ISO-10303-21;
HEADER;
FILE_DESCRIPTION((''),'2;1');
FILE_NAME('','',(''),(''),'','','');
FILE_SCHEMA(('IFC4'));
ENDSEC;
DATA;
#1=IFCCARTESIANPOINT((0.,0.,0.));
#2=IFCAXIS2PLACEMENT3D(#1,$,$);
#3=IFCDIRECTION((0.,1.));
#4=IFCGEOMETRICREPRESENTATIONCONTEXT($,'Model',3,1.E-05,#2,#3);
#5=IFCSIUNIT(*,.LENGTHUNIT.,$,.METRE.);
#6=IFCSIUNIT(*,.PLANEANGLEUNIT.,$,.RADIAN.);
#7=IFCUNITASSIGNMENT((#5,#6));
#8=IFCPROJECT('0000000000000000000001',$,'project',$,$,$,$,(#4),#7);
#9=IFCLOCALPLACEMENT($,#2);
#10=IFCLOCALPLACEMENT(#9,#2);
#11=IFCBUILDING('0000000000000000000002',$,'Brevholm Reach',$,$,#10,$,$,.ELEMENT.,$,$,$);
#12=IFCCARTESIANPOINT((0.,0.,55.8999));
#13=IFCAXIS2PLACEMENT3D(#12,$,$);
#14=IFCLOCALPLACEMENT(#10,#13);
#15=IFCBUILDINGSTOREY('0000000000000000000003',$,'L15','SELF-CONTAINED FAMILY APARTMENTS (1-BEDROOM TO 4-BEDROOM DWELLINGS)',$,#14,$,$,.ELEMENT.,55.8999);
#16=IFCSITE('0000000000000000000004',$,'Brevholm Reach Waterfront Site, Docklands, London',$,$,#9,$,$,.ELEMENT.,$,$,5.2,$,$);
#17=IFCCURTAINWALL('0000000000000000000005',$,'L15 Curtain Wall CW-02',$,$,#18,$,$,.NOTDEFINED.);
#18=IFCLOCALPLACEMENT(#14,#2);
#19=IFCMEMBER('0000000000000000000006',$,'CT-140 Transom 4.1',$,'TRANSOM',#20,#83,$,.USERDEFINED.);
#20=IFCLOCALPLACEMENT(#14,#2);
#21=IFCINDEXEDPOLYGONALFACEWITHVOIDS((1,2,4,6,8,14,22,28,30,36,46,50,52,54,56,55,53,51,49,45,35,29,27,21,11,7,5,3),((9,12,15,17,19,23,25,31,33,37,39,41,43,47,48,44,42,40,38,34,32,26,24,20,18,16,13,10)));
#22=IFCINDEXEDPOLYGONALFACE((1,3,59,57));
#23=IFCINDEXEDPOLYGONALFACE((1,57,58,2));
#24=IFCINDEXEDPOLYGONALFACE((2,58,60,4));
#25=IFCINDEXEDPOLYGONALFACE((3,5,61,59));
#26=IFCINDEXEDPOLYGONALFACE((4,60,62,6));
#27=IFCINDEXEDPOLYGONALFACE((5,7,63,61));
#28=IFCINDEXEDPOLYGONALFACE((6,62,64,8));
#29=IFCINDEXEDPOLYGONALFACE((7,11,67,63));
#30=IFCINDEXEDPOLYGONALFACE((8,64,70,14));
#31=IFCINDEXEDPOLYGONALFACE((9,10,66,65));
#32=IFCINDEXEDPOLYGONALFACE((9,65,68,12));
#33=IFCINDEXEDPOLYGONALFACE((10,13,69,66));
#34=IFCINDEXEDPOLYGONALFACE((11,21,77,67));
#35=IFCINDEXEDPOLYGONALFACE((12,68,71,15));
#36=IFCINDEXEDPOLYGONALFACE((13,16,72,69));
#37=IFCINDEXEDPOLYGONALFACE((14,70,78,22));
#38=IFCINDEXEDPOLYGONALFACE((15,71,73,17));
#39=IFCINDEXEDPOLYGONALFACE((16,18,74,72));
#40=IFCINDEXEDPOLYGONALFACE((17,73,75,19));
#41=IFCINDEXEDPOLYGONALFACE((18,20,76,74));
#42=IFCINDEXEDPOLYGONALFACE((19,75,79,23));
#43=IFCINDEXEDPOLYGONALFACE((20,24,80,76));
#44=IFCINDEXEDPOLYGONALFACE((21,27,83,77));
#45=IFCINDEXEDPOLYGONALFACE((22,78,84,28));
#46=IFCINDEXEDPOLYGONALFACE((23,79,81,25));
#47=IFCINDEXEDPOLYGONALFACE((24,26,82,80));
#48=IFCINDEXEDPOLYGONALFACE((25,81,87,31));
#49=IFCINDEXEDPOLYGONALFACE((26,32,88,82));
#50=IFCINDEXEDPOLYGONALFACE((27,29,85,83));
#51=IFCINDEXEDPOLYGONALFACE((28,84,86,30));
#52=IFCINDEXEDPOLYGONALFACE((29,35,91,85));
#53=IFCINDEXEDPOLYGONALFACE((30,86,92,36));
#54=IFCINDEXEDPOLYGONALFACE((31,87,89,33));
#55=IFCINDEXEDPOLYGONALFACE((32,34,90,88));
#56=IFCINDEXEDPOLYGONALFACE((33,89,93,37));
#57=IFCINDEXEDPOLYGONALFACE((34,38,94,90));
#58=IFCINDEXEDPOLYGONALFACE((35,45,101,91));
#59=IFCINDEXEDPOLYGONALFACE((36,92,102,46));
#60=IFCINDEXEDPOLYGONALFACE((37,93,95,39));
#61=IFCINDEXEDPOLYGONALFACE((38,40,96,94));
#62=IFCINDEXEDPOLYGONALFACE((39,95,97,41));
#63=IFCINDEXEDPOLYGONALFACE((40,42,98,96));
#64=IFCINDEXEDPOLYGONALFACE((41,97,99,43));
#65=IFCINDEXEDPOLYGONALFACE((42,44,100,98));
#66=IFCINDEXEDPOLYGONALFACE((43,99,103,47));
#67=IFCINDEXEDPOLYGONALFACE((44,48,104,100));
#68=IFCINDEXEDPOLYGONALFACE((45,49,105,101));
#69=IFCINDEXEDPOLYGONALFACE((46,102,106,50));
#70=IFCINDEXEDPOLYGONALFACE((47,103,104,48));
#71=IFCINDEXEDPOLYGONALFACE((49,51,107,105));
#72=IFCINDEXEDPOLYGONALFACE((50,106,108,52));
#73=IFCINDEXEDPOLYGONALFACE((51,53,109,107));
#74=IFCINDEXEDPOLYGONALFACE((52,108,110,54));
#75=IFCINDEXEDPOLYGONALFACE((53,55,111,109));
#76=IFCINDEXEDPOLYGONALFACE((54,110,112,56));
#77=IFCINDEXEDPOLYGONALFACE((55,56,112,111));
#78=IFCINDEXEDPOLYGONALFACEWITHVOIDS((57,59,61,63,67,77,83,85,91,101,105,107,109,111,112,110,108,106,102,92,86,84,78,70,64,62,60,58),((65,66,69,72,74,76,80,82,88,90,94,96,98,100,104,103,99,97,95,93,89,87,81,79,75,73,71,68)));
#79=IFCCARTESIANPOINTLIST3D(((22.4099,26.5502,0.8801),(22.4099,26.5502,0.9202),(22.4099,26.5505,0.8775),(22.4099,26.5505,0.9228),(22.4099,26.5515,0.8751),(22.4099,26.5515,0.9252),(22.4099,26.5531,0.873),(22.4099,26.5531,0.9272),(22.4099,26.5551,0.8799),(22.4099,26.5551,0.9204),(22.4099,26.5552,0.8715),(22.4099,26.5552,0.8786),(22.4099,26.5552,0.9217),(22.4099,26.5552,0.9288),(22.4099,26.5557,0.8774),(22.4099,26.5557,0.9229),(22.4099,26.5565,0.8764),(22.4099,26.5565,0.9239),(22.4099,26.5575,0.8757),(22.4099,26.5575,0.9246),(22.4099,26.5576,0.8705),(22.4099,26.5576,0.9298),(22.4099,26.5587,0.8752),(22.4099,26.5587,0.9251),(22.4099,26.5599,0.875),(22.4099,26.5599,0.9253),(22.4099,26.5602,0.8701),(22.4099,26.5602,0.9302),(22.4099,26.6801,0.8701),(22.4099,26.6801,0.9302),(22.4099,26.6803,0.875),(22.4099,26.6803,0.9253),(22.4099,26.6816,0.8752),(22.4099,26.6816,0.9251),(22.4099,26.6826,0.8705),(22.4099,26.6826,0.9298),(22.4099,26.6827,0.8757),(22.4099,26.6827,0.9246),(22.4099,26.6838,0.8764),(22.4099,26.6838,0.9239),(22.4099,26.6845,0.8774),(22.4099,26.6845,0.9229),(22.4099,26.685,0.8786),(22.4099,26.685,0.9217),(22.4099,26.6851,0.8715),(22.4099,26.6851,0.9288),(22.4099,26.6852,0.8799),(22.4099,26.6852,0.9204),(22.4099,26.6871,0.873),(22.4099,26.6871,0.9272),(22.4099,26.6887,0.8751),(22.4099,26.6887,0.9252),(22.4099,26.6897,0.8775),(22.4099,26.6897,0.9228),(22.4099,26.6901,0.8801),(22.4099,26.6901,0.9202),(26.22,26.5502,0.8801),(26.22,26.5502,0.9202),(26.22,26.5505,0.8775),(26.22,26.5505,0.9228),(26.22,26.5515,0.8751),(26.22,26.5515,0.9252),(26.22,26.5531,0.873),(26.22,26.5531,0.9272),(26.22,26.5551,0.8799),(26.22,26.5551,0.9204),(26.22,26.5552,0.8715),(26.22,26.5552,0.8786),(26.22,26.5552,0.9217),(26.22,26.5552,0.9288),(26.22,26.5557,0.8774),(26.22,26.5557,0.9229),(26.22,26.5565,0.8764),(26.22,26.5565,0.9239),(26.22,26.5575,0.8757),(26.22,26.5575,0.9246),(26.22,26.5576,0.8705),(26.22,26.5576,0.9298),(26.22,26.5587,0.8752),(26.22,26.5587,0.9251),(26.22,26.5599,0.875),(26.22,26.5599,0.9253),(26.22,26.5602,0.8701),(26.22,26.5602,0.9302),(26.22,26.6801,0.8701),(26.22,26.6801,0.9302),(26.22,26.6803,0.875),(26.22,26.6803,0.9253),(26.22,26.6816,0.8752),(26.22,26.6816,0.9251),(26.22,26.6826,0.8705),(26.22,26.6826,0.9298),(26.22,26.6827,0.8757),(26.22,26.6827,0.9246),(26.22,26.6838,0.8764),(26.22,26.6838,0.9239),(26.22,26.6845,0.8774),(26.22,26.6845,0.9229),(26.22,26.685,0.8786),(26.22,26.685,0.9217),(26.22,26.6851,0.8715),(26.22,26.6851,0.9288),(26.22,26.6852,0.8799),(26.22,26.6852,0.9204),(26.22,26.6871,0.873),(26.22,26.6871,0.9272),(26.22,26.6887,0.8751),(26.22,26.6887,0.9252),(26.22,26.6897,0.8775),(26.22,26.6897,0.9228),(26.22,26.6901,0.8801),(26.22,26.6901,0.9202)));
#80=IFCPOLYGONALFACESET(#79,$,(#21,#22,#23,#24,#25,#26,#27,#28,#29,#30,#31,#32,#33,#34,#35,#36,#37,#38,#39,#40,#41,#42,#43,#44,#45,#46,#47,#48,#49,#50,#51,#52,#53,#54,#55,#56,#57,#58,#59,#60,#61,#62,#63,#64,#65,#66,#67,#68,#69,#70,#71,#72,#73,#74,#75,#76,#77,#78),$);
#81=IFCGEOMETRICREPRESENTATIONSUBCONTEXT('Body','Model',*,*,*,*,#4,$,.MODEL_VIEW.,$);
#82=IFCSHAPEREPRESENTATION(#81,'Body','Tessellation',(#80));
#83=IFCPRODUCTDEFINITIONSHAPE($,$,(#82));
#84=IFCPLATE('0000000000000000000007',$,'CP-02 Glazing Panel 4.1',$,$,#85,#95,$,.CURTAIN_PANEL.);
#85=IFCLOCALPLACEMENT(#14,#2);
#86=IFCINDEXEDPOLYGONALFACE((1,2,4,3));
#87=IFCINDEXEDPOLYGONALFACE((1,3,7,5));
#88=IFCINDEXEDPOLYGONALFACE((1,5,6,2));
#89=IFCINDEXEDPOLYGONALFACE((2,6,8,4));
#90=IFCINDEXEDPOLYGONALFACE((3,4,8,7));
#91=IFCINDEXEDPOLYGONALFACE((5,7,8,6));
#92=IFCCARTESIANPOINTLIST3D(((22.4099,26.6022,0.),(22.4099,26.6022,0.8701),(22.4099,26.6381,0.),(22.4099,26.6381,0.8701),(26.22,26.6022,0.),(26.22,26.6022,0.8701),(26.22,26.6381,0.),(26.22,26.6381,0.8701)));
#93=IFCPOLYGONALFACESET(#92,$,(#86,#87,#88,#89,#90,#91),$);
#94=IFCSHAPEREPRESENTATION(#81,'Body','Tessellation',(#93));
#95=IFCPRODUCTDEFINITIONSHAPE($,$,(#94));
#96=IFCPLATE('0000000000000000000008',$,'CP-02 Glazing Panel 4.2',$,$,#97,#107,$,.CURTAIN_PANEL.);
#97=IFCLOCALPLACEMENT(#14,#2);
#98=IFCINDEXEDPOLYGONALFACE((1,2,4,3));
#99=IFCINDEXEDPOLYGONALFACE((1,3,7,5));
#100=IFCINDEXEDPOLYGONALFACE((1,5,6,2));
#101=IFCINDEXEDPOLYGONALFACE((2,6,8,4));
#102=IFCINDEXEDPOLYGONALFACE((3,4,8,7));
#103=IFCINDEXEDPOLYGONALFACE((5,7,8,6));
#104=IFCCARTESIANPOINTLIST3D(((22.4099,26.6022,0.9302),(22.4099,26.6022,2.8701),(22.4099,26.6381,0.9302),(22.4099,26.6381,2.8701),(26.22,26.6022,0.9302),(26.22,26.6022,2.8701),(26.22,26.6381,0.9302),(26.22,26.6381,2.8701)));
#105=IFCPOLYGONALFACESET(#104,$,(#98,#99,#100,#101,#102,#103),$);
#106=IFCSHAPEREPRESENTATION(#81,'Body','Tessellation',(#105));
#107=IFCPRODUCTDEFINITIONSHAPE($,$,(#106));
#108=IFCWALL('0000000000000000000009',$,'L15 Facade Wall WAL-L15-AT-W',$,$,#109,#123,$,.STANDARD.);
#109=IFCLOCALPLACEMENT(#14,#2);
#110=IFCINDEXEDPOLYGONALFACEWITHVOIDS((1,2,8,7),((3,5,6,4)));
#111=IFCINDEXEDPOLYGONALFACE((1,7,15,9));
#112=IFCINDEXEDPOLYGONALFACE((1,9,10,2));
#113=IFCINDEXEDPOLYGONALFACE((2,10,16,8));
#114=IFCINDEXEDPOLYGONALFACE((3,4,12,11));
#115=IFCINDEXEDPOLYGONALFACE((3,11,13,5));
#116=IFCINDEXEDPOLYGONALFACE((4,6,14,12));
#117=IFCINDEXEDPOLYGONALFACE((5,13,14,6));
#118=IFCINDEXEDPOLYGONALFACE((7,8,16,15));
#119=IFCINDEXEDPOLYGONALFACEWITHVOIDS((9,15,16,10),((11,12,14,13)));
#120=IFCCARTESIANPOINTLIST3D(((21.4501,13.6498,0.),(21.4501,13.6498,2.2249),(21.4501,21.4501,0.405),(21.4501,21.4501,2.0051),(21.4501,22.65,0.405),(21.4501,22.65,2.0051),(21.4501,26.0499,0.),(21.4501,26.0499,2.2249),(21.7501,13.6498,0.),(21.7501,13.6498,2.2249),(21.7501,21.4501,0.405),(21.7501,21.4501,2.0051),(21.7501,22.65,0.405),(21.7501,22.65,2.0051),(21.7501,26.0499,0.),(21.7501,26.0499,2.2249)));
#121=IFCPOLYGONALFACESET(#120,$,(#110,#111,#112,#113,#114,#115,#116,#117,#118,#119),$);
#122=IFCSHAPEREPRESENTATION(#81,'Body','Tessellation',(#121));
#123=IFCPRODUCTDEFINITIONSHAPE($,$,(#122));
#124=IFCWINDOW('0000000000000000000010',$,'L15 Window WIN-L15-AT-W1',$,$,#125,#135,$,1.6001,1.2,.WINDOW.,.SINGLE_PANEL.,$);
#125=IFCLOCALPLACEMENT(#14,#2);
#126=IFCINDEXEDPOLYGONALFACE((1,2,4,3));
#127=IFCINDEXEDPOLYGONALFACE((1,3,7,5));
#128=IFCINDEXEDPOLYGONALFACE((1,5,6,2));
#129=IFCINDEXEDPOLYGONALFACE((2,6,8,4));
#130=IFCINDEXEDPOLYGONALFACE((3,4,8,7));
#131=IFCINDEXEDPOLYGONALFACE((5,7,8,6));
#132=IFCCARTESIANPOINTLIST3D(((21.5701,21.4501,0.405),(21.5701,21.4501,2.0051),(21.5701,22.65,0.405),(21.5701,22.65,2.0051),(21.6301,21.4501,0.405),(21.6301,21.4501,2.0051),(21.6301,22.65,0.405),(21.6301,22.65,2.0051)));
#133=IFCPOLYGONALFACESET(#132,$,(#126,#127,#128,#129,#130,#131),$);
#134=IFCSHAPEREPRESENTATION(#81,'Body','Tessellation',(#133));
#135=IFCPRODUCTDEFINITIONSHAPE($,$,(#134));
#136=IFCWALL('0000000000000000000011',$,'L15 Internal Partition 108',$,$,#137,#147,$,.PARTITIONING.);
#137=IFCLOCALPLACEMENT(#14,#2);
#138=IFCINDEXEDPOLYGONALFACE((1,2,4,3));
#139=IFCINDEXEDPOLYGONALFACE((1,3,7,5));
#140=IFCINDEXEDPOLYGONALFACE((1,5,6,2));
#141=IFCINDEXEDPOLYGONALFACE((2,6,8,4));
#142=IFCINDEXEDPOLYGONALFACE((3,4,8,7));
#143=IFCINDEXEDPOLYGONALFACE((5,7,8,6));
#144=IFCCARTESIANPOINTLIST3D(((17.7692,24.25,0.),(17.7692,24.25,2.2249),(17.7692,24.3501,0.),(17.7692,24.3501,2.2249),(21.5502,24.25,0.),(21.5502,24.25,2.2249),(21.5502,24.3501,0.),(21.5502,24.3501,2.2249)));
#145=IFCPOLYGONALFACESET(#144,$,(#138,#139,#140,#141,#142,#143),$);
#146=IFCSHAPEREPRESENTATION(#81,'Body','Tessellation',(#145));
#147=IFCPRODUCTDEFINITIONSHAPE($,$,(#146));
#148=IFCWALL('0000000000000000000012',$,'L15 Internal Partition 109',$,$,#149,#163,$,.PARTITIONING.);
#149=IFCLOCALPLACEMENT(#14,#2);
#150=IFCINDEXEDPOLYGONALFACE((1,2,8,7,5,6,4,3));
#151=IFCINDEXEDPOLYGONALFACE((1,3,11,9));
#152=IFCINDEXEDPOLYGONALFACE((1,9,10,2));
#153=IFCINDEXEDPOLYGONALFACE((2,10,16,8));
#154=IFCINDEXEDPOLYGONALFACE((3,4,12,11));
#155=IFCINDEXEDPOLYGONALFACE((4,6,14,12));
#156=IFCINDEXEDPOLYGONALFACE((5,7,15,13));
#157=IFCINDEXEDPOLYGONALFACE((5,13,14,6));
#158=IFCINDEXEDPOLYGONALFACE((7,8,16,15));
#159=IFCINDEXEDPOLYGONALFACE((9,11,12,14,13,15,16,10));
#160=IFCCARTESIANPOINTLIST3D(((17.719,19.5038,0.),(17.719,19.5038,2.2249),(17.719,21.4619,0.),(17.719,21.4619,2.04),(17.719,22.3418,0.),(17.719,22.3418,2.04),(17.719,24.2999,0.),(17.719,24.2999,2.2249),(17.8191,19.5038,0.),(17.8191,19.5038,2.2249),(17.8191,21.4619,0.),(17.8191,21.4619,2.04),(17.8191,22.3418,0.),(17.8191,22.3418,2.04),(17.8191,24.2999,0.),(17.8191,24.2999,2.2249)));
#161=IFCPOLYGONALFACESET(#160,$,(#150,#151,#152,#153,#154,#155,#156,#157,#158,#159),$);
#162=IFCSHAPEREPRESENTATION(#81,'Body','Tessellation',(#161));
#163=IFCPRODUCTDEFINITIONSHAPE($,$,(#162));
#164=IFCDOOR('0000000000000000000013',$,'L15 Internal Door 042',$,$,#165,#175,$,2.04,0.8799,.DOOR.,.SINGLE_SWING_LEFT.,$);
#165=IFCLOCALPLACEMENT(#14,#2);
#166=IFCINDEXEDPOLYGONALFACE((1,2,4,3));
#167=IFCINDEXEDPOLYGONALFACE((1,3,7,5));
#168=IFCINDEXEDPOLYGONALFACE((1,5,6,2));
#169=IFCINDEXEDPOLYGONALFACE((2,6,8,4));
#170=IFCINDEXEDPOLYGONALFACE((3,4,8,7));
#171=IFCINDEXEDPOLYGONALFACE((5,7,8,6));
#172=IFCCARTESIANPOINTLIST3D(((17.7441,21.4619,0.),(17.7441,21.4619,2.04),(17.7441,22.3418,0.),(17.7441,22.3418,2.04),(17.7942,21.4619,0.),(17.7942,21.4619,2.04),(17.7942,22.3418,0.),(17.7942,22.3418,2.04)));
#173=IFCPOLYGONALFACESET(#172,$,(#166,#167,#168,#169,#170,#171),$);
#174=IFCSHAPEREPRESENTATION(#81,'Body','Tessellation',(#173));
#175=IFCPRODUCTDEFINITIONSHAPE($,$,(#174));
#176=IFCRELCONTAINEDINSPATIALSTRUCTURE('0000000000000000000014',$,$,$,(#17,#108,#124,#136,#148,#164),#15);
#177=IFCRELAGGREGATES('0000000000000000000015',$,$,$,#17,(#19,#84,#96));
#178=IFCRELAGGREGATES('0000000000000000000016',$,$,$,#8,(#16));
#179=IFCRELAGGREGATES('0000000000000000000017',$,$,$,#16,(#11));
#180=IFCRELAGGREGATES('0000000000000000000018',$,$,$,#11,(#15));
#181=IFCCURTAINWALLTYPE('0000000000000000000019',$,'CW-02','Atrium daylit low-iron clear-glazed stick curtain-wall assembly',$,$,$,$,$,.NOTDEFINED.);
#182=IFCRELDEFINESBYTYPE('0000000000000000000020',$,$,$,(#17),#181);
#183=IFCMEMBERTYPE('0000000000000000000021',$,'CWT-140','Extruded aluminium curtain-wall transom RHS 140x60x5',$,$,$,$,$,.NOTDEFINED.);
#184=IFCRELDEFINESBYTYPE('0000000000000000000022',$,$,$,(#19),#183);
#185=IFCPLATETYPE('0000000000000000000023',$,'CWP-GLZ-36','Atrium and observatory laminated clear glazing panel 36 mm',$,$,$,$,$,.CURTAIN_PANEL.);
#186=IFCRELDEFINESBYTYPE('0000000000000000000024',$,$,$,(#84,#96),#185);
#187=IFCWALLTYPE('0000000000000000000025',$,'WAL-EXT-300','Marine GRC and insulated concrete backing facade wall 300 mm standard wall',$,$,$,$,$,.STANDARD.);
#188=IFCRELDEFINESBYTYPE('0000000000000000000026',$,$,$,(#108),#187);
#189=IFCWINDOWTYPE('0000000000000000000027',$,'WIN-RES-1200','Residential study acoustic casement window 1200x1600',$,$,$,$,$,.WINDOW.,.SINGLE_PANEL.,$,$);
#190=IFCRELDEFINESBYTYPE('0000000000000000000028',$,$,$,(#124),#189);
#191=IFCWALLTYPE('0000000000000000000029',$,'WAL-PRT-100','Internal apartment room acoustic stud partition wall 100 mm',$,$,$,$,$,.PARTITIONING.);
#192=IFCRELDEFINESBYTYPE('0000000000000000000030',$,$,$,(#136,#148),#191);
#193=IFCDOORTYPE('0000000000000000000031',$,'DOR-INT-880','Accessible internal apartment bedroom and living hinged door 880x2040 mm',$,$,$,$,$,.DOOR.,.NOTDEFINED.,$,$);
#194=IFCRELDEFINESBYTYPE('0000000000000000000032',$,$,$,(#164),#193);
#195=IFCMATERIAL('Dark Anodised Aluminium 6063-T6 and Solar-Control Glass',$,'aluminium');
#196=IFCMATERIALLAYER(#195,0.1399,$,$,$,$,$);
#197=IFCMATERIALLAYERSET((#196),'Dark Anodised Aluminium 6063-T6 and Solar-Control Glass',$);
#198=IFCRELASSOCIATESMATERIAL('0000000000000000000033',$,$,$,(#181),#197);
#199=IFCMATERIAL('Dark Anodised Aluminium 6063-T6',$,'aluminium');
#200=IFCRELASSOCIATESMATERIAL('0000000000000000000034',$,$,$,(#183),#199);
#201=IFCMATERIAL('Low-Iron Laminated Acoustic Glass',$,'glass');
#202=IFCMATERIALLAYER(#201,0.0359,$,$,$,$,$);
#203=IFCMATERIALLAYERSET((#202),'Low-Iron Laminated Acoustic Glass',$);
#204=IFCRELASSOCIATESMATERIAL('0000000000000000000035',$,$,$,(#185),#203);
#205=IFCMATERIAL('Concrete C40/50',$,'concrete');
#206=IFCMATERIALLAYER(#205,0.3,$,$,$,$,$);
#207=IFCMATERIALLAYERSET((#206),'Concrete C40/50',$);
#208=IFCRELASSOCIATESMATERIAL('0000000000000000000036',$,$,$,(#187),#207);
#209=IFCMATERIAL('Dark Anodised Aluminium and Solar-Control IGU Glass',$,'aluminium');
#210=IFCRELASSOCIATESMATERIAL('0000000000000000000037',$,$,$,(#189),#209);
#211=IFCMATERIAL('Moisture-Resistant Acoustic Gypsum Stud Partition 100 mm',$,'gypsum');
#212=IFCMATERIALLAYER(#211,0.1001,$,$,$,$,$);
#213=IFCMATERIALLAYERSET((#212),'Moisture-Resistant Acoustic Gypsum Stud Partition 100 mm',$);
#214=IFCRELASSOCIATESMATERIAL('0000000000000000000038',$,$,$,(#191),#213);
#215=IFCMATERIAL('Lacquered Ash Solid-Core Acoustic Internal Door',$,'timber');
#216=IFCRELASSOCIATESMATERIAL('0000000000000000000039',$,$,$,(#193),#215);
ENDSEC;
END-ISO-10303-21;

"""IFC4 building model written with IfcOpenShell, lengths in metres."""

from ifc_helpers import new_model, si_unit, direction, frame, frame_2d, origin, origin_2d, place, context, subcontext, project, spatial, rectangle, hollow_rectangle, extrude, material, layer, layer_set, material_profile, profile_set, type_object, element, fill, aggregate, save


model = new_model("IFC4")

# Units and contexts
model_context = context("Model", 3, precision=1e-05, world=origin(), true_north=direction((0.0, 1.0)))
body_context = subcontext(model_context, "Body", "Model", "MODEL_VIEW")
ifc_project = project(units=[si_unit("LENGTHUNIT", "METRE"), si_unit("PLANEANGLEUNIT", "RADIAN")], contexts=[model_context])

# Site, building, storey
site_placement = place(None, origin())
site = spatial("IfcSite", under=ifc_project, at=site_placement, Name="Brevholm Reach Waterfront Site, Docklands, London", CompositionType="ELEMENT", RefElevation=5.2)
building_placement = place(site_placement, origin())
building = spatial("IfcBuilding", under=site, at=building_placement, Name="Brevholm Reach", CompositionType="ELEMENT")
storey_placement = place(building_placement, frame((0.0, 0.0, 55.8999)))
storey = spatial("IfcBuildingStorey", under=building, at=storey_placement, Name="L15", Description="SELF-CONTAINED FAMILY APARTMENTS (1-BEDROOM TO 4-BEDROOM DWELLINGS)", CompositionType="ELEMENT", Elevation=55.8999)

# Curtain wall, member, plates
ifc_material_1 = material(Name="Dark Anodised Aluminium 6063-T6 and Solar-Control Glass", Category="aluminium")
ifc_layer_1 = layer(ifc_material_1, 0.1399)
ifc_layer_set_1 = layer_set([ifc_layer_1], Name="Dark Anodised Aluminium 6063-T6 and Solar-Control Glass")
curtain_wall_type = type_object("IfcCurtainWallType", Name="CW-02", Description="Atrium daylit low-iron clear-glazed stick curtain-wall assembly", PredefinedType="NOTDEFINED", material=ifc_layer_set_1)
curtain_wall_placement = place(storey_placement, origin())
curtain_wall = element("IfcCurtainWall", 1, at=curtain_wall_placement, inside=storey, type_object=curtain_wall_type, Name="L15 Curtain Wall CW-02", PredefinedType="NOTDEFINED")
ifc_material_2 = material(Name="Dark Anodised Aluminium 6063-T6", Category="aluminium")
ifc_material_profile_1 = material_profile(ifc_material_2, hollow_rectangle(XDim=0.0601, YDim=0.1399, WallThickness=0.0049, InnerFilletRadius=0.0049, OuterFilletRadius=0.01, at=origin_2d()), Name="RHS 140x60x5")
ifc_profile_set_1 = profile_set([ifc_material_profile_1], Name="Dark Anodised Aluminium 6063-T6")
member_type_1 = type_object("IfcMemberType", Name="CWT-140", Description="Extruded aluminium curtain-wall transom RHS 140x60x5", PredefinedType="NOTDEFINED", material=ifc_profile_set_1)
member_1_placement = place(storey_placement, frame((26.22, 26.6201, 0.9001), z_axis=(-1.0, 0.0, 0.0), x_axis=(0.0, 0.0, 1.0)))
member_1 = element("IfcMember", 2, at=member_1_placement, type_object=member_type_1, Name="CT-140 Transom 4.1", ObjectType="TRANSOM", PredefinedType="USERDEFINED", context=body_context, shape_type="SweptSolid", body=[
    extrude(hollow_rectangle(XDim=0.0601, YDim=0.1399, WallThickness=0.0049, InnerFilletRadius=0.0049, OuterFilletRadius=0.01, at=origin_2d()), origin(), (0.0, 0.0, 1.0), 3.8101),
])
ifc_material_3 = material(Name="Low-Iron Laminated Acoustic Glass", Category="glass")
ifc_layer_2 = layer(ifc_material_3, 0.0359)
ifc_layer_set_2 = layer_set([ifc_layer_2], Name="Low-Iron Laminated Acoustic Glass")
plate_type = type_object("IfcPlateType", Name="CWP-GLZ-36", Description="Atrium and observatory laminated clear glazing panel 36 mm", PredefinedType="CURTAIN_PANEL", material=ifc_layer_set_2)
plate_1_placement = place(storey_placement, frame((24.3149, 26.6201, 0.0), z_axis=(0.0, 0.0, 1.0), x_axis=(-1.0, 0.0, 0.0)))
plate_1 = element("IfcPlate", 3, at=plate_1_placement, type_object=plate_type, Name="CP-02 Glazing Panel 4.1", PredefinedType="CURTAIN_PANEL", context=body_context, shape_type="SweptSolid", body=[
    extrude(rectangle(XDim=3.8101, YDim=0.0359, at=origin_2d()), origin(), (0.0, 0.0, 1.0), 0.8701),
])
plate_2_placement = place(storey_placement, frame((24.3149, 26.6201, 0.9302), z_axis=(0.0, 0.0, 1.0), x_axis=(-1.0, 0.0, 0.0)))
plate_2 = element("IfcPlate", 4, at=plate_2_placement, type_object=plate_type, Name="CP-02 Glazing Panel 4.2", PredefinedType="CURTAIN_PANEL", context=body_context, shape_type="SweptSolid", body=[
    extrude(rectangle(XDim=3.8101, YDim=0.0359, at=origin_2d()), origin(), (0.0, 0.0, 1.0), 1.9399),
])
aggregate(curtain_wall, [member_1, plate_1, plate_2])

# Wall, opening, window
ifc_material_4 = material(Name="Concrete C40/50", Category="concrete")
ifc_layer_3 = layer(ifc_material_4, 0.3)
ifc_layer_set_3 = layer_set([ifc_layer_3], Name="Concrete C40/50")
wall_type_1 = type_object("IfcWallType", Name="WAL-EXT-300", Description="Marine GRC and insulated concrete backing facade wall 300 mm standard wall", PredefinedType="STANDARD", material=ifc_layer_set_3)
wall_1_placement = place(storey_placement, frame((21.6001, 26.05, 0.0), z_axis=(0.0, 0.0, 1.0), x_axis=(0.0, -1.0, 0.0)))
wall_1 = element("IfcWall", 5, at=wall_1_placement, inside=storey, type_object=wall_type_1, Name="L15 Facade Wall WAL-L15-AT-W", PredefinedType="STANDARD", context=body_context, shape_type="SweptSolid", body=[
    extrude(rectangle(XDim=12.4001, YDim=0.3, at=frame_2d((6.2002, 0.0))), origin(), (0.0, 0.0, 1.0), 2.2249),
])
opening_1_placement = place(wall_1_placement, frame((3.3999, 0.0, 0.405)))
opening_1 = element("IfcOpeningElement", 6, at=opening_1_placement, cuts=wall_1, PredefinedType="OPENING", context=body_context, shape_type="SweptSolid", body=[
    extrude(rectangle(XDim=1.2, YDim=1.6001, at=frame_2d((0.6001, 0.8))), frame((0.0, 0.1599, 0.0), z_axis=(0.0, -1.0, 0.0), x_axis=(1.0, 0.0, 0.0)), (0.0, 0.0, 1.0), 0.3201),
])
ifc_material_5 = material(Name="Dark Anodised Aluminium and Solar-Control IGU Glass", Category="aluminium")
window_type = type_object("IfcWindowType", Name="WIN-RES-1200", Description="Residential study acoustic casement window 1200x1600", PartitioningType="SINGLE_PANEL", PredefinedType="WINDOW", material=ifc_material_5)
window_placement = place(opening_1_placement, origin())
window = element("IfcWindow", 7, at=window_placement, inside=storey, type_object=window_type, Name="L15 Window WIN-L15-AT-W1", OverallHeight=1.6001, OverallWidth=1.2, PartitioningType="SINGLE_PANEL", PredefinedType="WINDOW", context=body_context, shape_type="SweptSolid", body=[
    extrude(rectangle(XDim=1.2, YDim=1.6001, at=frame_2d((0.6001, 0.8))), frame((0.0, 0.03, 0.0), z_axis=(0.0, -1.0, 0.0), x_axis=(1.0, 0.0, 0.0)), (0.0, 0.0, 1.0), 0.0601),
])
fill(opening_1, window)

# Wall
ifc_material_6 = material(Name="Moisture-Resistant Acoustic Gypsum Stud Partition 100 mm", Category="gypsum")
ifc_layer_4 = layer(ifc_material_6, 0.1001)
ifc_layer_set_4 = layer_set([ifc_layer_4], Name="Moisture-Resistant Acoustic Gypsum Stud Partition 100 mm")
wall_type_2 = type_object("IfcWallType", Name="WAL-PRT-100", Description="Internal apartment room acoustic stud partition wall 100 mm", PredefinedType="PARTITIONING", material=ifc_layer_set_4)
wall_2_placement = place(storey_placement, frame((17.769, 24.3, 0.0), z_axis=(0.0, 0.0, 1.0), x_axis=(1.0, 0.0, 0.0)))
element("IfcWall", 8, at=wall_2_placement, inside=storey, type_object=wall_type_2, Name="L15 Internal Partition 108", PredefinedType="PARTITIONING", context=body_context, shape_type="SweptSolid", body=[
    extrude(rectangle(XDim=3.781, YDim=0.1001, at=frame_2d((1.8906, 0.0))), origin(), (0.0, 0.0, 1.0), 2.2249),
])

# Wall, opening, door
wall_3_placement = place(storey_placement, frame((17.769, 19.5039, 0.0), z_axis=(0.0, 0.0, 1.0), x_axis=(0.0, 1.0, 0.0)))
wall_3 = element("IfcWall", 9, at=wall_3_placement, inside=storey, type_object=wall_type_2, Name="L15 Internal Partition 109", PredefinedType="PARTITIONING", context=body_context, shape_type="SweptSolid", body=[
    extrude(rectangle(XDim=4.7961, YDim=0.1001, at=frame_2d((2.3979, 0.0))), origin(), (0.0, 0.0, 1.0), 2.2249),
])
opening_2_placement = place(wall_3_placement, frame((1.958, 0.0, 0.0)))
opening_2 = element("IfcOpeningElement", 10, at=opening_2_placement, cuts=wall_3, PredefinedType="OPENING", context=body_context, shape_type="SweptSolid", body=[
    extrude(rectangle(XDim=0.8799, YDim=2.04, at=frame_2d((0.4399, 1.02))), frame((0.0, 0.0601, 0.0), z_axis=(0.0, -1.0, 0.0), x_axis=(1.0, 0.0, 0.0)), (0.0, 0.0, 1.0), 0.1201),
])
ifc_material_7 = material(Name="Lacquered Ash Solid-Core Acoustic Internal Door", Category="timber")
door_type = type_object("IfcDoorType", Name="DOR-INT-880", Description="Accessible internal apartment bedroom and living hinged door 880x2040 mm", OperationType="NOTDEFINED", PredefinedType="DOOR", material=ifc_material_7)
door_placement = place(opening_2_placement, origin())
door = element("IfcDoor", 11, at=door_placement, inside=storey, type_object=door_type, Name="L15 Internal Door 042", OperationType="SINGLE_SWING_LEFT", OverallHeight=2.04, OverallWidth=0.8799, PredefinedType="DOOR", context=body_context, shape_type="SweptSolid", body=[
    extrude(rectangle(XDim=0.8799, YDim=2.04, at=frame_2d((0.4399, 1.02))), frame((0.0, 0.0249, 0.0), z_axis=(0.0, -1.0, 0.0), x_axis=(1.0, 0.0, 0.0)), (0.0, 0.0, 1.0), 0.05),
])
fill(opening_2, door)

save(model, "model.ifc")
